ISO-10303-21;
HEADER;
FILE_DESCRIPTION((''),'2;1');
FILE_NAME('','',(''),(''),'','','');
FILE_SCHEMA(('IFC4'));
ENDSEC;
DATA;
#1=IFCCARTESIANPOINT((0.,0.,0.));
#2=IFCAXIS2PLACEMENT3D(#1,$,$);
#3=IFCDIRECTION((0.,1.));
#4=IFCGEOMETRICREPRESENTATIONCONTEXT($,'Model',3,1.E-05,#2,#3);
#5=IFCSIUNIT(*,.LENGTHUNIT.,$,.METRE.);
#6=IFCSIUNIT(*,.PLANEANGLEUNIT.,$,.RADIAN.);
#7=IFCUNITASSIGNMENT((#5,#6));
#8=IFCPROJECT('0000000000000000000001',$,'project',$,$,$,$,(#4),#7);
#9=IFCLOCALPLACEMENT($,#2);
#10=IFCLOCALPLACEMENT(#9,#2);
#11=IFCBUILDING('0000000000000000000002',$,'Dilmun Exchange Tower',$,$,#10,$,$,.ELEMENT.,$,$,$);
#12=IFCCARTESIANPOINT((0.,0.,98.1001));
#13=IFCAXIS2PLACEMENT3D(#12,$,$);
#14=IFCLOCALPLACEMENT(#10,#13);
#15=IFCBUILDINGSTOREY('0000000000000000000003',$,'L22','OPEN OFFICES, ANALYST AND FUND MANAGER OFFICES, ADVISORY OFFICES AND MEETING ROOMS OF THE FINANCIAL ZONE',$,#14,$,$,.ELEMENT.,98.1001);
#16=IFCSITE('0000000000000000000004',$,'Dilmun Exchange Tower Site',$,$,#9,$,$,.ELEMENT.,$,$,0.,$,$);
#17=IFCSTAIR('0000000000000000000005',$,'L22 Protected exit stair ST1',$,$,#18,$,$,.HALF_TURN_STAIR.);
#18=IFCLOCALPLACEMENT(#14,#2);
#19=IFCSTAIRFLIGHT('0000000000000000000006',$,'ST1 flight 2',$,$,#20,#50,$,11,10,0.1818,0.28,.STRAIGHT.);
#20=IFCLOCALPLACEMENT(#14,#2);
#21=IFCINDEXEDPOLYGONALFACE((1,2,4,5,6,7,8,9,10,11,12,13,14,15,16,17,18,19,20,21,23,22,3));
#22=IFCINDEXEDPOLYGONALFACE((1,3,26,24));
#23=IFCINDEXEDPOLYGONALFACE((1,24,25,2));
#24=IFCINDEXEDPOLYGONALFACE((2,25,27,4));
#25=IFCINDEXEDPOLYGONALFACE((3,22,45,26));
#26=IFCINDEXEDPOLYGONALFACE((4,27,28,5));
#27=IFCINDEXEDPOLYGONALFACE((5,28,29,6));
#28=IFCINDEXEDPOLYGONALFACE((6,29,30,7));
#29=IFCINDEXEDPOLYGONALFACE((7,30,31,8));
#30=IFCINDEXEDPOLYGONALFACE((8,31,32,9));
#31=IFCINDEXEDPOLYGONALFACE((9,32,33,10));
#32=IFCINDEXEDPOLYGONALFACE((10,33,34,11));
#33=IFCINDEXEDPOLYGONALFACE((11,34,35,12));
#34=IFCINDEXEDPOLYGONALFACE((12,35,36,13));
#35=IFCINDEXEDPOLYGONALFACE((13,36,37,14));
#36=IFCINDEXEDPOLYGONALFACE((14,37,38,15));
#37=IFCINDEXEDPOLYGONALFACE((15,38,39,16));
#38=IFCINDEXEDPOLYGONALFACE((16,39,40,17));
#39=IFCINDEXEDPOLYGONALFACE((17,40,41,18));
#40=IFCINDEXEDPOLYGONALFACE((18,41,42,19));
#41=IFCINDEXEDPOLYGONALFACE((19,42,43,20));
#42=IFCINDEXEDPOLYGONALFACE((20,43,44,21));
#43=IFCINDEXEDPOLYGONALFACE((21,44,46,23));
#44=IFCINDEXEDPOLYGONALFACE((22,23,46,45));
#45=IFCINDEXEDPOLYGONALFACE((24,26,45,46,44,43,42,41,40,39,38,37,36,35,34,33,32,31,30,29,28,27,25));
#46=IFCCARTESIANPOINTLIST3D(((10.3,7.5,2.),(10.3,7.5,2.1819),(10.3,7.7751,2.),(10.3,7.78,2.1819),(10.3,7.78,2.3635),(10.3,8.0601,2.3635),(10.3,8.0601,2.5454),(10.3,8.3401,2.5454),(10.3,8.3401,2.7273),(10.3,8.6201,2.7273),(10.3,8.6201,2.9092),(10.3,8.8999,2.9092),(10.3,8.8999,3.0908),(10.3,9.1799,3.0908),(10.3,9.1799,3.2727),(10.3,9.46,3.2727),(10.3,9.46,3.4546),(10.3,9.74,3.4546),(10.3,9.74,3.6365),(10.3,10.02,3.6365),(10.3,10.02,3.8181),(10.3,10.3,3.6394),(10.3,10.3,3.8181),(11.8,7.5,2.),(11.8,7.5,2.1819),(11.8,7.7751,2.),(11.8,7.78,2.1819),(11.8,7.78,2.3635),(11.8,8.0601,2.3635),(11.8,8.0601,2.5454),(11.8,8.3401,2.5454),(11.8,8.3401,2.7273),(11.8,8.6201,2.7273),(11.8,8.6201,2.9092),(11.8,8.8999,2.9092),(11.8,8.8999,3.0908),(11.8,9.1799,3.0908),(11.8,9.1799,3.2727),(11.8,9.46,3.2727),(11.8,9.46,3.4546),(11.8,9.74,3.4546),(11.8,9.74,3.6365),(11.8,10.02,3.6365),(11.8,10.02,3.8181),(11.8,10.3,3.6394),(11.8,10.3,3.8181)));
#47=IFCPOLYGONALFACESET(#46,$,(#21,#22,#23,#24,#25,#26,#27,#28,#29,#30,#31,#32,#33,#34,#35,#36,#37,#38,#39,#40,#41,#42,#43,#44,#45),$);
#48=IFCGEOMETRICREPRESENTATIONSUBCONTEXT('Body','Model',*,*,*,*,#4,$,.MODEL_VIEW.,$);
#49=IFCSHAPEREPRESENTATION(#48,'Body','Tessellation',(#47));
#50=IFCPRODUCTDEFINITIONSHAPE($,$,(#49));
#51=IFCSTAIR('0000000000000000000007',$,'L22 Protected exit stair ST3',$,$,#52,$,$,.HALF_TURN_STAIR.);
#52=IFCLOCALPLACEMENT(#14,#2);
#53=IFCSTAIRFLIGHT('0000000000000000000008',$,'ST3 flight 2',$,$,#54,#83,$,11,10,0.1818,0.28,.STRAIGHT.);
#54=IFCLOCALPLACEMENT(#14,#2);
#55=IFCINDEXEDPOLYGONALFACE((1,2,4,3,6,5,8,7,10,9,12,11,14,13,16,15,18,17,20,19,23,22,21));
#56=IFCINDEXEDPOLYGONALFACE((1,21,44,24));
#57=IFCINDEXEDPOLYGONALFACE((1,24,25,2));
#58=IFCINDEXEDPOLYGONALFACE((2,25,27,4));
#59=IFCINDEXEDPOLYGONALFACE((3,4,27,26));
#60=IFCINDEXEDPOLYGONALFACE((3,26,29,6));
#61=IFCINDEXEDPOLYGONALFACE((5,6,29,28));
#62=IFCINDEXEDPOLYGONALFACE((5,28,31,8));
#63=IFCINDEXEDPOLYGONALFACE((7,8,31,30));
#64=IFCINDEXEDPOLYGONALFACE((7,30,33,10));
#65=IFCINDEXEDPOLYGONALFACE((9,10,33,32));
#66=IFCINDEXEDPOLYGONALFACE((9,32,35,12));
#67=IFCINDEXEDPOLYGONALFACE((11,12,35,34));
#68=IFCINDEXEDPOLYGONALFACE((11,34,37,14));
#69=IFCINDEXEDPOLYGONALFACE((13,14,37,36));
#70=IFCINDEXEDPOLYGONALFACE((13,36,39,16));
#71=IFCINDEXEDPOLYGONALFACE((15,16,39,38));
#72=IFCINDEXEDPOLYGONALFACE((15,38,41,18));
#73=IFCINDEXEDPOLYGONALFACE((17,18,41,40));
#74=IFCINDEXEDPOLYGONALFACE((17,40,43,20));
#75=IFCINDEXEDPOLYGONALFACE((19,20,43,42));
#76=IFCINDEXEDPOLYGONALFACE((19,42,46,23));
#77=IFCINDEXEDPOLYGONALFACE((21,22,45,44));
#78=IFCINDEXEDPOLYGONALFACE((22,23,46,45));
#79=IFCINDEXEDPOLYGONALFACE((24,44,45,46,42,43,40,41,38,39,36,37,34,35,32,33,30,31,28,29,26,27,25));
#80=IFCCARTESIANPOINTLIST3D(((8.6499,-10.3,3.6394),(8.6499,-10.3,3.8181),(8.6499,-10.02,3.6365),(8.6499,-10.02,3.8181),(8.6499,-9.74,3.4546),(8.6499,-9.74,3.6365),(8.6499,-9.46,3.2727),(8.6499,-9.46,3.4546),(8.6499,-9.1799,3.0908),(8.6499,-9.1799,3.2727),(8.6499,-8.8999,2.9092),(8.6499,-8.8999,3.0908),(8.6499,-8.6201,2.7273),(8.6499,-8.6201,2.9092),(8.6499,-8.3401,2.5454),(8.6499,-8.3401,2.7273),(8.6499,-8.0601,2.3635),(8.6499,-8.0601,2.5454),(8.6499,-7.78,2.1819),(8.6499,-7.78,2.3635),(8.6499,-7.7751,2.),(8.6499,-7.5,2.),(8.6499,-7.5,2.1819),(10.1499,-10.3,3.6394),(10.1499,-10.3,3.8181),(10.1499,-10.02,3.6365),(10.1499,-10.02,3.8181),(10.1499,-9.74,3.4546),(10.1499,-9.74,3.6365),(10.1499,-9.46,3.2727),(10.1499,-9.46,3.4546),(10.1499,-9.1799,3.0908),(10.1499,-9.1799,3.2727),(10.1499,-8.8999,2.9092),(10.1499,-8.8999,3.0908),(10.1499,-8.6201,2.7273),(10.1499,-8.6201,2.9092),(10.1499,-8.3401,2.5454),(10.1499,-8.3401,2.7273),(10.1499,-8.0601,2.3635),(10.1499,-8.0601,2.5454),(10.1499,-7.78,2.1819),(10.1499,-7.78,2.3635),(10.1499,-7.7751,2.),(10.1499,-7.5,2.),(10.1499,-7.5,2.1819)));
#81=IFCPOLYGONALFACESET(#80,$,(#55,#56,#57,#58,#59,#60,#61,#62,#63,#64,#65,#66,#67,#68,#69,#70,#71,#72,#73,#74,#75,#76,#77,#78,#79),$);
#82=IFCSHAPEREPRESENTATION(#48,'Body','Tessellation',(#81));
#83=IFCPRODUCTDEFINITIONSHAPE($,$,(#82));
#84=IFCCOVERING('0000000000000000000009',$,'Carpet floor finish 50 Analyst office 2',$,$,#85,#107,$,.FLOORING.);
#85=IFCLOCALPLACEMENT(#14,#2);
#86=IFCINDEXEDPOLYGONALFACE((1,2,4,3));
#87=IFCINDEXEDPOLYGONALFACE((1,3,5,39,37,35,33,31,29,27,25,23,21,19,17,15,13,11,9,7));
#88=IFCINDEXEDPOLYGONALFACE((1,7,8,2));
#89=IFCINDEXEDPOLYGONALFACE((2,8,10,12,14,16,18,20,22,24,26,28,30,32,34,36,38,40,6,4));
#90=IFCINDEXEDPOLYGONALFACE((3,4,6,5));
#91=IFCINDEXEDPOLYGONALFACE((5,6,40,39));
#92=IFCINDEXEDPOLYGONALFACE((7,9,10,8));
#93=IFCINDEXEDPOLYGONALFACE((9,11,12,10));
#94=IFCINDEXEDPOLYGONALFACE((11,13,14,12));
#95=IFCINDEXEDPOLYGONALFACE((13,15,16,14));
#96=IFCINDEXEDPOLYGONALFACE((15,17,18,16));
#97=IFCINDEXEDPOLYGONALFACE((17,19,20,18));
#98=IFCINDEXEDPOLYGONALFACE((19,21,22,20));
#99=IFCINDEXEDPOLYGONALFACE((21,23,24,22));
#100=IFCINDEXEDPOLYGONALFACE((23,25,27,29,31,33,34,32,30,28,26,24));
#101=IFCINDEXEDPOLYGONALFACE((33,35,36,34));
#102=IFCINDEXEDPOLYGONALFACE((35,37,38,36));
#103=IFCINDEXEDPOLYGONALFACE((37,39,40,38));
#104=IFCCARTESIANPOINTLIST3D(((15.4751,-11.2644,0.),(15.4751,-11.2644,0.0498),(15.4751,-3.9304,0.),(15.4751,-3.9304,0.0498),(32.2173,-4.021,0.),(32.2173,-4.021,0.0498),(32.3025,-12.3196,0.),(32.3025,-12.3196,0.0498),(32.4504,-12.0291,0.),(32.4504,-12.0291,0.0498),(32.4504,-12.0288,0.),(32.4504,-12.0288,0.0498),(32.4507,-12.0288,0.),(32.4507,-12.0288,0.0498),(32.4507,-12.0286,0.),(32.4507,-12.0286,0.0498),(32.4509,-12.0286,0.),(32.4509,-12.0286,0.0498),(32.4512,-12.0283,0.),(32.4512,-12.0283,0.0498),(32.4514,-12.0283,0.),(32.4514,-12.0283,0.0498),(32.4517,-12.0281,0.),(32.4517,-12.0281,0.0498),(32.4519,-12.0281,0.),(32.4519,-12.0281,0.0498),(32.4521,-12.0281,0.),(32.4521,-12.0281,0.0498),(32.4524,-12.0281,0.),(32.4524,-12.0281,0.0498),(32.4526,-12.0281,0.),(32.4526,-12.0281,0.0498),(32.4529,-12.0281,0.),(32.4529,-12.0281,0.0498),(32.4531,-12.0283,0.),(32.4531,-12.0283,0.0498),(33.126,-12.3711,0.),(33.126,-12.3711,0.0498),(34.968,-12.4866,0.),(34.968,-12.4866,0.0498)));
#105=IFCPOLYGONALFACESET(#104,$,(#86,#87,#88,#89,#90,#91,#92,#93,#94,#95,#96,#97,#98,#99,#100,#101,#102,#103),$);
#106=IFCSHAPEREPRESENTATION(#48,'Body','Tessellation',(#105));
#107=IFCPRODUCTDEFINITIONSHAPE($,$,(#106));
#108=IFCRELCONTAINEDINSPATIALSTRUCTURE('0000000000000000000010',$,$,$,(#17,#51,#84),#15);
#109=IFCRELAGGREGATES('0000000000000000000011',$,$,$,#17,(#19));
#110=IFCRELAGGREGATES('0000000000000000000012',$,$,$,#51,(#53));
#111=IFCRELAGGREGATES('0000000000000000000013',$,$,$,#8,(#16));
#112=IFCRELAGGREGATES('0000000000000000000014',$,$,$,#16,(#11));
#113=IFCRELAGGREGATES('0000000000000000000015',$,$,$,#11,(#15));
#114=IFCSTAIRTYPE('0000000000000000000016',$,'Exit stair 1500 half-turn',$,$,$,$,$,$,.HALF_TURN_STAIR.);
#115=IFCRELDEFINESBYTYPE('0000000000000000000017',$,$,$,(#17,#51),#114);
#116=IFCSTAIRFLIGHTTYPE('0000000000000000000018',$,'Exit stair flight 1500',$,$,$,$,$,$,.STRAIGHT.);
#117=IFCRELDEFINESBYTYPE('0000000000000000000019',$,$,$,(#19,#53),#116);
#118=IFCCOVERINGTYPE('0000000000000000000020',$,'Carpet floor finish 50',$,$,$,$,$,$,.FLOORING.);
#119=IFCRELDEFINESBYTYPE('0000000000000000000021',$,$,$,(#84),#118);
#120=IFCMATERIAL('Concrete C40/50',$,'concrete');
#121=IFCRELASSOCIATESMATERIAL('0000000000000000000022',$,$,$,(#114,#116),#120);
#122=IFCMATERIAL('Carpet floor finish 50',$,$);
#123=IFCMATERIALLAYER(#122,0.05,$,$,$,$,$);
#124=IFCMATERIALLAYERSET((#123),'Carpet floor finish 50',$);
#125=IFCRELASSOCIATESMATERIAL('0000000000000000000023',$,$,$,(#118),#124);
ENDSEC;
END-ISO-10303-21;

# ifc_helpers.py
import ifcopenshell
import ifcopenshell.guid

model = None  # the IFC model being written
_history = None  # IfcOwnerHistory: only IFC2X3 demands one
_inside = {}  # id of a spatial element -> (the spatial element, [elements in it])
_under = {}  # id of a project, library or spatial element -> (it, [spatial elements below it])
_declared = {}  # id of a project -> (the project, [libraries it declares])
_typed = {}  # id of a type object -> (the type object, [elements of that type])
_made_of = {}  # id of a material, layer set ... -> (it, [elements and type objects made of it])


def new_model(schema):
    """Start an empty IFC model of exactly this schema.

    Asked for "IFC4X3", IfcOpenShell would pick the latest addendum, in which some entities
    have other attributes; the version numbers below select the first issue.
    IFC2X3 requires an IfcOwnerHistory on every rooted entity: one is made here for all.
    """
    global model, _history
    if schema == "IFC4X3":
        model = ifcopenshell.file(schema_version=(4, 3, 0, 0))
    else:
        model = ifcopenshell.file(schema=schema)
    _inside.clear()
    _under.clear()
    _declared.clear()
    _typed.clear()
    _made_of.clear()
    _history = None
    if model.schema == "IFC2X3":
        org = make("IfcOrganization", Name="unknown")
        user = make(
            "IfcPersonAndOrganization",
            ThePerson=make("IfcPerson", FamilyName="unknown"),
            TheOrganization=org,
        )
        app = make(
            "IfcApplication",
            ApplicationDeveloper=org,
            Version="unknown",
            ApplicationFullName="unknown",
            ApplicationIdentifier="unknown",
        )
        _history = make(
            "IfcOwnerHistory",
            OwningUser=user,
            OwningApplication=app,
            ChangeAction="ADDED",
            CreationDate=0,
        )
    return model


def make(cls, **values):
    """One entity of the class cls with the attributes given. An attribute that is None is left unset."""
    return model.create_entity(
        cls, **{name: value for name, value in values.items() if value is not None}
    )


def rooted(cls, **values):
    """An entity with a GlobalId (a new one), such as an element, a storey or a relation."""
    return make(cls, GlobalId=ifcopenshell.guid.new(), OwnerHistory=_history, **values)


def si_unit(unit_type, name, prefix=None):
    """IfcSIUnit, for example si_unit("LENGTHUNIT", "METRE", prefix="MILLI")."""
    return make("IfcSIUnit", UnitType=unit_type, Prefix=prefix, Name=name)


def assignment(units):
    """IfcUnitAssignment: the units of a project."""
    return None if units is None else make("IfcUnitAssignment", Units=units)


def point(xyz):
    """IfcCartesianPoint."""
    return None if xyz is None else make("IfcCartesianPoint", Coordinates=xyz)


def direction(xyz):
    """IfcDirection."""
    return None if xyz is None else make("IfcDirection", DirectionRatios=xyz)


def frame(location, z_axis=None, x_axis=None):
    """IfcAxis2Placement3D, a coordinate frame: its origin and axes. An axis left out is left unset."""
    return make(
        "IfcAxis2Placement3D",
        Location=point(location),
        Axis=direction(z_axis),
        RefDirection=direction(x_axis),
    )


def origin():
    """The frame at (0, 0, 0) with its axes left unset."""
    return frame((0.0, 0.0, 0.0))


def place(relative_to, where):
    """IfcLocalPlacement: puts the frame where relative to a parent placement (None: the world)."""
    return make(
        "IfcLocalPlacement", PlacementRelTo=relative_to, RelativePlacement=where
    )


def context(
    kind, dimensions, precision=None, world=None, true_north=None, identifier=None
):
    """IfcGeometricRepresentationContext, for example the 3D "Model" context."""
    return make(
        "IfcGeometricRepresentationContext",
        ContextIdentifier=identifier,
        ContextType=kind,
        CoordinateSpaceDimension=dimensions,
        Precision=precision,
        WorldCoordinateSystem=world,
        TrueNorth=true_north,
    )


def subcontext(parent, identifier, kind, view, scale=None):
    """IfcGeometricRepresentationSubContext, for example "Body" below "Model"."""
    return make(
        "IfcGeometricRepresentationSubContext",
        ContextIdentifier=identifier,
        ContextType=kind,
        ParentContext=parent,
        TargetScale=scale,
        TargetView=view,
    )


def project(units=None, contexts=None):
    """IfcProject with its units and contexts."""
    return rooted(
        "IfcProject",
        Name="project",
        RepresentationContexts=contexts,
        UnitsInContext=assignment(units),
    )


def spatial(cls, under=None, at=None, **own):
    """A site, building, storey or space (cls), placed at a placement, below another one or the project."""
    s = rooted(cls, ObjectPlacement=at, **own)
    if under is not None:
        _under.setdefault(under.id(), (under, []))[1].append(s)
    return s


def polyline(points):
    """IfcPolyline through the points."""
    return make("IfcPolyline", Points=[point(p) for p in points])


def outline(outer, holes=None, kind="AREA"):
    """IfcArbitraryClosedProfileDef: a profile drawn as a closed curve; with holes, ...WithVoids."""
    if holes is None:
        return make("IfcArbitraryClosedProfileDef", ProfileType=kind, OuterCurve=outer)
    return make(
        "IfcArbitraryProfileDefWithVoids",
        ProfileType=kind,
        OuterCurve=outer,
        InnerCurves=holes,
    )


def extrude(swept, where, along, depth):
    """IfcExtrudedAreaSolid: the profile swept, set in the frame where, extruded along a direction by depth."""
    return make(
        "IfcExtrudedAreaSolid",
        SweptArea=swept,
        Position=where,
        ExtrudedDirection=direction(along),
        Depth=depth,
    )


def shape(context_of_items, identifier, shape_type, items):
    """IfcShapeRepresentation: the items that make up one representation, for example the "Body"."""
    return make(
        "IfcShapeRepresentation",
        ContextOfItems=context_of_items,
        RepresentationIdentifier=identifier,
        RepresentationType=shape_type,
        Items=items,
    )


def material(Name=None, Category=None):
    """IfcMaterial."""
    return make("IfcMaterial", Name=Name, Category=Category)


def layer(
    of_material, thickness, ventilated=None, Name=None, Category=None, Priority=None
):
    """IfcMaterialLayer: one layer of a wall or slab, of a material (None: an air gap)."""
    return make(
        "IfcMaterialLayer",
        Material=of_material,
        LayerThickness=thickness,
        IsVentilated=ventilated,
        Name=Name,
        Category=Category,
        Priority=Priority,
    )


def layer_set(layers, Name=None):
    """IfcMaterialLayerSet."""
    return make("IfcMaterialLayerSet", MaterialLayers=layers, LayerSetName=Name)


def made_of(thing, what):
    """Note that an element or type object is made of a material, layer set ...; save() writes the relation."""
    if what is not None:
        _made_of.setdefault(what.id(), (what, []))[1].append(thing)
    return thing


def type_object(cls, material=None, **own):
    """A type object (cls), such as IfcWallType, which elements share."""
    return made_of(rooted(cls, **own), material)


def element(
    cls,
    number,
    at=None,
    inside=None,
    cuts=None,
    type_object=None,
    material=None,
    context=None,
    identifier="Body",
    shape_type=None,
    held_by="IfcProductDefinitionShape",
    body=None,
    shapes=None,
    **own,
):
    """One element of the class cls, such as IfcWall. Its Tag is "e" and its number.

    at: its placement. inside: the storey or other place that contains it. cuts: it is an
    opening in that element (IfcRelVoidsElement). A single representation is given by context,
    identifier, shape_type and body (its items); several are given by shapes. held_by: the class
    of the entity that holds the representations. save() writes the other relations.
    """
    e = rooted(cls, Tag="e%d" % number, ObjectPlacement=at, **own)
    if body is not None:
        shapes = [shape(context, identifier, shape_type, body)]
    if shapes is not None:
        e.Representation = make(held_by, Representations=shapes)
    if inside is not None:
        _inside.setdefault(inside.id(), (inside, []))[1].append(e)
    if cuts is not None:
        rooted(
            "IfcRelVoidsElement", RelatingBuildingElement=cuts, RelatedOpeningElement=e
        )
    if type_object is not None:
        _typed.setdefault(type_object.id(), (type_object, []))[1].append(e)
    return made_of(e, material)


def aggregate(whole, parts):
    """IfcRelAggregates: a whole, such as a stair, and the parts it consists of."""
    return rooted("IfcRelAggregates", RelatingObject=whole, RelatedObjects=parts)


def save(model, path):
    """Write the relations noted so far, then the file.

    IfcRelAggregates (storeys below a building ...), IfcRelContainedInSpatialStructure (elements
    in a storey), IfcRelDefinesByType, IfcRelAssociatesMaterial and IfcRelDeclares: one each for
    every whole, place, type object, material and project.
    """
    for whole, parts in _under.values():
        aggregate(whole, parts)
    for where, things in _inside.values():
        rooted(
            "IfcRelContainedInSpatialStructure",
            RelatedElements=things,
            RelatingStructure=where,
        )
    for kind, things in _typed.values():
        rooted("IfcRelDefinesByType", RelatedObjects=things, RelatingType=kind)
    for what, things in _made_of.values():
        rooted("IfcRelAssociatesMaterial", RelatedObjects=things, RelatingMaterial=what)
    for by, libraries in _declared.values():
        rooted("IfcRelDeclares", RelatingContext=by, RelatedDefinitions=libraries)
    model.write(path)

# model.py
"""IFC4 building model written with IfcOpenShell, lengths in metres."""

from ifc_helpers import new_model, si_unit, direction, frame, origin, place, context, subcontext, project, spatial, polyline, outline, extrude, material, layer, layer_set, type_object, element, aggregate, save


model = new_model("IFC4")

# Units and contexts
model_context = context("Model", 3, precision=1e-05, world=origin(), true_north=direction((0.0, 1.0)))
body_context = subcontext(model_context, "Body", "Model", "MODEL_VIEW")
ifc_project = project(units=[si_unit("LENGTHUNIT", "METRE"), si_unit("PLANEANGLEUNIT", "RADIAN")], contexts=[model_context])

# Site, building, storey
site_placement = place(None, origin())
site = spatial("IfcSite", under=ifc_project, at=site_placement, Name="Dilmun Exchange Tower Site", CompositionType="ELEMENT", RefElevation=0.0)
building_placement = place(site_placement, origin())
building = spatial("IfcBuilding", under=site, at=building_placement, Name="Dilmun Exchange Tower", CompositionType="ELEMENT")
storey_placement = place(building_placement, frame((0.0, 0.0, 98.1001)))
storey = spatial("IfcBuildingStorey", under=building, at=storey_placement, Name="L22", Description="OPEN OFFICES, ANALYST AND FUND MANAGER OFFICES, ADVISORY OFFICES AND MEETING ROOMS OF THE FINANCIAL ZONE", CompositionType="ELEMENT", Elevation=98.1001)

# Shared definitions
ifc_material_1 = material(Name="Concrete C40/50", Category="concrete")

# Stairs, stair flights
stair_type = type_object("IfcStairType", Name="Exit stair 1500 half-turn", PredefinedType="HALF_TURN_STAIR", material=ifc_material_1)
stair_1_placement = place(storey_placement, origin())
stair_1 = element("IfcStair", 1, at=stair_1_placement, inside=storey, type_object=stair_type, Name="L22 Protected exit stair ST1", PredefinedType="HALF_TURN_STAIR")
stair_flight_type = type_object("IfcStairFlightType", Name="Exit stair flight 1500", PredefinedType="STRAIGHT", material=ifc_material_1)
stair_flight_1_placement = place(storey_placement, frame((11.05, 7.5, 2.0), z_axis=(0.0, 0.0, 1.0), x_axis=(0.0, 1.0, 0.0)))
stair_flight_1 = element("IfcStairFlight", 2, at=stair_flight_1_placement, type_object=stair_flight_type, Name="ST1 flight 2", NumberOfRisers=11, NumberOfTreads=10, PredefinedType="STRAIGHT", RiserHeight=0.1818, TreadLength=0.28, context=body_context, shape_type="SweptSolid", body=[
    extrude(outline(polyline([(0.0, 0.0), (0.0, 0.1819), (0.28, 0.1819), (0.28, 0.3635), (0.5601, 0.3635), (0.5601, 0.5454), (0.8401, 0.5454), (0.8401, 0.7273), (1.1201, 0.7273), (1.1201, 0.9092), (1.3999, 0.9092), (1.3999, 1.0908), (1.6799, 1.0908), (1.6799, 1.2727), (1.96, 1.2727), (1.96, 1.4546), (2.24, 1.4546), (2.24, 1.6365), (2.52, 1.6365), (2.52, 1.8181), (2.8, 1.8181), (2.8, 2.0), (2.8, 1.6394), (0.2751, 0.0), (0.0, 0.0)])), frame((0.0, 0.75, 0.0), z_axis=(0.0, -1.0, 0.0), x_axis=(1.0, 0.0, 0.0)), (0.0, 0.0, 1.0), 1.5),
])
aggregate(stair_1, [stair_flight_1])
stair_2_placement = place(storey_placement, origin())
stair_2 = element("IfcStair", 3, at=stair_2_placement, inside=storey, type_object=stair_type, Name="L22 Protected exit stair ST3", PredefinedType="HALF_TURN_STAIR")
stair_flight_2_placement = place(storey_placement, frame((9.3999, -7.5, 2.0), z_axis=(0.0, 0.0, 1.0), x_axis=(0.0, -1.0, 0.0)))
stair_flight_2 = element("IfcStairFlight", 4, at=stair_flight_2_placement, type_object=stair_flight_type, Name="ST3 flight 2", NumberOfRisers=11, NumberOfTreads=10, PredefinedType="STRAIGHT", RiserHeight=0.1818, TreadLength=0.28, context=body_context, shape_type="SweptSolid", body=[
    extrude(outline(polyline([(0.0, 0.0), (0.0, 0.1819), (0.28, 0.1819), (0.28, 0.3635), (0.5601, 0.3635), (0.5601, 0.5454), (0.8401, 0.5454), (0.8401, 0.7273), (1.1201, 0.7273), (1.1201, 0.9092), (1.3999, 0.9092), (1.3999, 1.0908), (1.6799, 1.0908), (1.6799, 1.2727), (1.96, 1.2727), (1.96, 1.4546), (2.24, 1.4546), (2.24, 1.6365), (2.52, 1.6365), (2.52, 1.8181), (2.8, 1.8181), (2.8, 2.0), (2.8, 1.6394), (0.2751, 0.0), (0.0, 0.0)])), frame((0.0, 0.75, 0.0), z_axis=(0.0, -1.0, 0.0), x_axis=(1.0, 0.0, 0.0)), (0.0, 0.0, 1.0), 1.5),
])
aggregate(stair_2, [stair_flight_2])

# Covering
ifc_material_2 = material(Name="Carpet floor finish 50")
ifc_layer_1 = layer(ifc_material_2, 0.05)
ifc_layer_set_1 = layer_set([ifc_layer_1], Name="Carpet floor finish 50")
covering_type = type_object("IfcCoveringType", Name="Carpet floor finish 50", PredefinedType="FLOORING", material=ifc_layer_set_1)
covering_placement = place(storey_placement, origin())
element("IfcCovering", 5, at=covering_placement, inside=storey, type_object=covering_type, Name="Carpet floor finish 50 Analyst office 2", PredefinedType="FLOORING", context=body_context, shape_type="SweptSolid", body=[
    extrude(outline(polyline([(15.4751, -3.9304), (32.2173, -4.021), (34.968, -12.4866), (33.126, -12.3711), (32.4531, -12.0283), (32.4529, -12.0281), (32.4526, -12.0281), (32.4524, -12.0281), (32.4524, -12.0281), (32.4521, -12.0281), (32.4519, -12.0281), (32.4519, -12.0281), (32.4517, -12.0281), (32.4514, -12.0283), (32.4512, -12.0283), (32.4512, -12.0283), (32.4509, -12.0286), (32.4507, -12.0286), (32.4507, -12.0288), (32.4504, -12.0288), (32.4504, -12.0291), (32.3025, -12.3196), (15.4751, -11.2644), (15.4751, -3.9304)])), origin(), (0.0, 0.0, 1.0), 0.0498),
])

save(model, "model.ifc")
